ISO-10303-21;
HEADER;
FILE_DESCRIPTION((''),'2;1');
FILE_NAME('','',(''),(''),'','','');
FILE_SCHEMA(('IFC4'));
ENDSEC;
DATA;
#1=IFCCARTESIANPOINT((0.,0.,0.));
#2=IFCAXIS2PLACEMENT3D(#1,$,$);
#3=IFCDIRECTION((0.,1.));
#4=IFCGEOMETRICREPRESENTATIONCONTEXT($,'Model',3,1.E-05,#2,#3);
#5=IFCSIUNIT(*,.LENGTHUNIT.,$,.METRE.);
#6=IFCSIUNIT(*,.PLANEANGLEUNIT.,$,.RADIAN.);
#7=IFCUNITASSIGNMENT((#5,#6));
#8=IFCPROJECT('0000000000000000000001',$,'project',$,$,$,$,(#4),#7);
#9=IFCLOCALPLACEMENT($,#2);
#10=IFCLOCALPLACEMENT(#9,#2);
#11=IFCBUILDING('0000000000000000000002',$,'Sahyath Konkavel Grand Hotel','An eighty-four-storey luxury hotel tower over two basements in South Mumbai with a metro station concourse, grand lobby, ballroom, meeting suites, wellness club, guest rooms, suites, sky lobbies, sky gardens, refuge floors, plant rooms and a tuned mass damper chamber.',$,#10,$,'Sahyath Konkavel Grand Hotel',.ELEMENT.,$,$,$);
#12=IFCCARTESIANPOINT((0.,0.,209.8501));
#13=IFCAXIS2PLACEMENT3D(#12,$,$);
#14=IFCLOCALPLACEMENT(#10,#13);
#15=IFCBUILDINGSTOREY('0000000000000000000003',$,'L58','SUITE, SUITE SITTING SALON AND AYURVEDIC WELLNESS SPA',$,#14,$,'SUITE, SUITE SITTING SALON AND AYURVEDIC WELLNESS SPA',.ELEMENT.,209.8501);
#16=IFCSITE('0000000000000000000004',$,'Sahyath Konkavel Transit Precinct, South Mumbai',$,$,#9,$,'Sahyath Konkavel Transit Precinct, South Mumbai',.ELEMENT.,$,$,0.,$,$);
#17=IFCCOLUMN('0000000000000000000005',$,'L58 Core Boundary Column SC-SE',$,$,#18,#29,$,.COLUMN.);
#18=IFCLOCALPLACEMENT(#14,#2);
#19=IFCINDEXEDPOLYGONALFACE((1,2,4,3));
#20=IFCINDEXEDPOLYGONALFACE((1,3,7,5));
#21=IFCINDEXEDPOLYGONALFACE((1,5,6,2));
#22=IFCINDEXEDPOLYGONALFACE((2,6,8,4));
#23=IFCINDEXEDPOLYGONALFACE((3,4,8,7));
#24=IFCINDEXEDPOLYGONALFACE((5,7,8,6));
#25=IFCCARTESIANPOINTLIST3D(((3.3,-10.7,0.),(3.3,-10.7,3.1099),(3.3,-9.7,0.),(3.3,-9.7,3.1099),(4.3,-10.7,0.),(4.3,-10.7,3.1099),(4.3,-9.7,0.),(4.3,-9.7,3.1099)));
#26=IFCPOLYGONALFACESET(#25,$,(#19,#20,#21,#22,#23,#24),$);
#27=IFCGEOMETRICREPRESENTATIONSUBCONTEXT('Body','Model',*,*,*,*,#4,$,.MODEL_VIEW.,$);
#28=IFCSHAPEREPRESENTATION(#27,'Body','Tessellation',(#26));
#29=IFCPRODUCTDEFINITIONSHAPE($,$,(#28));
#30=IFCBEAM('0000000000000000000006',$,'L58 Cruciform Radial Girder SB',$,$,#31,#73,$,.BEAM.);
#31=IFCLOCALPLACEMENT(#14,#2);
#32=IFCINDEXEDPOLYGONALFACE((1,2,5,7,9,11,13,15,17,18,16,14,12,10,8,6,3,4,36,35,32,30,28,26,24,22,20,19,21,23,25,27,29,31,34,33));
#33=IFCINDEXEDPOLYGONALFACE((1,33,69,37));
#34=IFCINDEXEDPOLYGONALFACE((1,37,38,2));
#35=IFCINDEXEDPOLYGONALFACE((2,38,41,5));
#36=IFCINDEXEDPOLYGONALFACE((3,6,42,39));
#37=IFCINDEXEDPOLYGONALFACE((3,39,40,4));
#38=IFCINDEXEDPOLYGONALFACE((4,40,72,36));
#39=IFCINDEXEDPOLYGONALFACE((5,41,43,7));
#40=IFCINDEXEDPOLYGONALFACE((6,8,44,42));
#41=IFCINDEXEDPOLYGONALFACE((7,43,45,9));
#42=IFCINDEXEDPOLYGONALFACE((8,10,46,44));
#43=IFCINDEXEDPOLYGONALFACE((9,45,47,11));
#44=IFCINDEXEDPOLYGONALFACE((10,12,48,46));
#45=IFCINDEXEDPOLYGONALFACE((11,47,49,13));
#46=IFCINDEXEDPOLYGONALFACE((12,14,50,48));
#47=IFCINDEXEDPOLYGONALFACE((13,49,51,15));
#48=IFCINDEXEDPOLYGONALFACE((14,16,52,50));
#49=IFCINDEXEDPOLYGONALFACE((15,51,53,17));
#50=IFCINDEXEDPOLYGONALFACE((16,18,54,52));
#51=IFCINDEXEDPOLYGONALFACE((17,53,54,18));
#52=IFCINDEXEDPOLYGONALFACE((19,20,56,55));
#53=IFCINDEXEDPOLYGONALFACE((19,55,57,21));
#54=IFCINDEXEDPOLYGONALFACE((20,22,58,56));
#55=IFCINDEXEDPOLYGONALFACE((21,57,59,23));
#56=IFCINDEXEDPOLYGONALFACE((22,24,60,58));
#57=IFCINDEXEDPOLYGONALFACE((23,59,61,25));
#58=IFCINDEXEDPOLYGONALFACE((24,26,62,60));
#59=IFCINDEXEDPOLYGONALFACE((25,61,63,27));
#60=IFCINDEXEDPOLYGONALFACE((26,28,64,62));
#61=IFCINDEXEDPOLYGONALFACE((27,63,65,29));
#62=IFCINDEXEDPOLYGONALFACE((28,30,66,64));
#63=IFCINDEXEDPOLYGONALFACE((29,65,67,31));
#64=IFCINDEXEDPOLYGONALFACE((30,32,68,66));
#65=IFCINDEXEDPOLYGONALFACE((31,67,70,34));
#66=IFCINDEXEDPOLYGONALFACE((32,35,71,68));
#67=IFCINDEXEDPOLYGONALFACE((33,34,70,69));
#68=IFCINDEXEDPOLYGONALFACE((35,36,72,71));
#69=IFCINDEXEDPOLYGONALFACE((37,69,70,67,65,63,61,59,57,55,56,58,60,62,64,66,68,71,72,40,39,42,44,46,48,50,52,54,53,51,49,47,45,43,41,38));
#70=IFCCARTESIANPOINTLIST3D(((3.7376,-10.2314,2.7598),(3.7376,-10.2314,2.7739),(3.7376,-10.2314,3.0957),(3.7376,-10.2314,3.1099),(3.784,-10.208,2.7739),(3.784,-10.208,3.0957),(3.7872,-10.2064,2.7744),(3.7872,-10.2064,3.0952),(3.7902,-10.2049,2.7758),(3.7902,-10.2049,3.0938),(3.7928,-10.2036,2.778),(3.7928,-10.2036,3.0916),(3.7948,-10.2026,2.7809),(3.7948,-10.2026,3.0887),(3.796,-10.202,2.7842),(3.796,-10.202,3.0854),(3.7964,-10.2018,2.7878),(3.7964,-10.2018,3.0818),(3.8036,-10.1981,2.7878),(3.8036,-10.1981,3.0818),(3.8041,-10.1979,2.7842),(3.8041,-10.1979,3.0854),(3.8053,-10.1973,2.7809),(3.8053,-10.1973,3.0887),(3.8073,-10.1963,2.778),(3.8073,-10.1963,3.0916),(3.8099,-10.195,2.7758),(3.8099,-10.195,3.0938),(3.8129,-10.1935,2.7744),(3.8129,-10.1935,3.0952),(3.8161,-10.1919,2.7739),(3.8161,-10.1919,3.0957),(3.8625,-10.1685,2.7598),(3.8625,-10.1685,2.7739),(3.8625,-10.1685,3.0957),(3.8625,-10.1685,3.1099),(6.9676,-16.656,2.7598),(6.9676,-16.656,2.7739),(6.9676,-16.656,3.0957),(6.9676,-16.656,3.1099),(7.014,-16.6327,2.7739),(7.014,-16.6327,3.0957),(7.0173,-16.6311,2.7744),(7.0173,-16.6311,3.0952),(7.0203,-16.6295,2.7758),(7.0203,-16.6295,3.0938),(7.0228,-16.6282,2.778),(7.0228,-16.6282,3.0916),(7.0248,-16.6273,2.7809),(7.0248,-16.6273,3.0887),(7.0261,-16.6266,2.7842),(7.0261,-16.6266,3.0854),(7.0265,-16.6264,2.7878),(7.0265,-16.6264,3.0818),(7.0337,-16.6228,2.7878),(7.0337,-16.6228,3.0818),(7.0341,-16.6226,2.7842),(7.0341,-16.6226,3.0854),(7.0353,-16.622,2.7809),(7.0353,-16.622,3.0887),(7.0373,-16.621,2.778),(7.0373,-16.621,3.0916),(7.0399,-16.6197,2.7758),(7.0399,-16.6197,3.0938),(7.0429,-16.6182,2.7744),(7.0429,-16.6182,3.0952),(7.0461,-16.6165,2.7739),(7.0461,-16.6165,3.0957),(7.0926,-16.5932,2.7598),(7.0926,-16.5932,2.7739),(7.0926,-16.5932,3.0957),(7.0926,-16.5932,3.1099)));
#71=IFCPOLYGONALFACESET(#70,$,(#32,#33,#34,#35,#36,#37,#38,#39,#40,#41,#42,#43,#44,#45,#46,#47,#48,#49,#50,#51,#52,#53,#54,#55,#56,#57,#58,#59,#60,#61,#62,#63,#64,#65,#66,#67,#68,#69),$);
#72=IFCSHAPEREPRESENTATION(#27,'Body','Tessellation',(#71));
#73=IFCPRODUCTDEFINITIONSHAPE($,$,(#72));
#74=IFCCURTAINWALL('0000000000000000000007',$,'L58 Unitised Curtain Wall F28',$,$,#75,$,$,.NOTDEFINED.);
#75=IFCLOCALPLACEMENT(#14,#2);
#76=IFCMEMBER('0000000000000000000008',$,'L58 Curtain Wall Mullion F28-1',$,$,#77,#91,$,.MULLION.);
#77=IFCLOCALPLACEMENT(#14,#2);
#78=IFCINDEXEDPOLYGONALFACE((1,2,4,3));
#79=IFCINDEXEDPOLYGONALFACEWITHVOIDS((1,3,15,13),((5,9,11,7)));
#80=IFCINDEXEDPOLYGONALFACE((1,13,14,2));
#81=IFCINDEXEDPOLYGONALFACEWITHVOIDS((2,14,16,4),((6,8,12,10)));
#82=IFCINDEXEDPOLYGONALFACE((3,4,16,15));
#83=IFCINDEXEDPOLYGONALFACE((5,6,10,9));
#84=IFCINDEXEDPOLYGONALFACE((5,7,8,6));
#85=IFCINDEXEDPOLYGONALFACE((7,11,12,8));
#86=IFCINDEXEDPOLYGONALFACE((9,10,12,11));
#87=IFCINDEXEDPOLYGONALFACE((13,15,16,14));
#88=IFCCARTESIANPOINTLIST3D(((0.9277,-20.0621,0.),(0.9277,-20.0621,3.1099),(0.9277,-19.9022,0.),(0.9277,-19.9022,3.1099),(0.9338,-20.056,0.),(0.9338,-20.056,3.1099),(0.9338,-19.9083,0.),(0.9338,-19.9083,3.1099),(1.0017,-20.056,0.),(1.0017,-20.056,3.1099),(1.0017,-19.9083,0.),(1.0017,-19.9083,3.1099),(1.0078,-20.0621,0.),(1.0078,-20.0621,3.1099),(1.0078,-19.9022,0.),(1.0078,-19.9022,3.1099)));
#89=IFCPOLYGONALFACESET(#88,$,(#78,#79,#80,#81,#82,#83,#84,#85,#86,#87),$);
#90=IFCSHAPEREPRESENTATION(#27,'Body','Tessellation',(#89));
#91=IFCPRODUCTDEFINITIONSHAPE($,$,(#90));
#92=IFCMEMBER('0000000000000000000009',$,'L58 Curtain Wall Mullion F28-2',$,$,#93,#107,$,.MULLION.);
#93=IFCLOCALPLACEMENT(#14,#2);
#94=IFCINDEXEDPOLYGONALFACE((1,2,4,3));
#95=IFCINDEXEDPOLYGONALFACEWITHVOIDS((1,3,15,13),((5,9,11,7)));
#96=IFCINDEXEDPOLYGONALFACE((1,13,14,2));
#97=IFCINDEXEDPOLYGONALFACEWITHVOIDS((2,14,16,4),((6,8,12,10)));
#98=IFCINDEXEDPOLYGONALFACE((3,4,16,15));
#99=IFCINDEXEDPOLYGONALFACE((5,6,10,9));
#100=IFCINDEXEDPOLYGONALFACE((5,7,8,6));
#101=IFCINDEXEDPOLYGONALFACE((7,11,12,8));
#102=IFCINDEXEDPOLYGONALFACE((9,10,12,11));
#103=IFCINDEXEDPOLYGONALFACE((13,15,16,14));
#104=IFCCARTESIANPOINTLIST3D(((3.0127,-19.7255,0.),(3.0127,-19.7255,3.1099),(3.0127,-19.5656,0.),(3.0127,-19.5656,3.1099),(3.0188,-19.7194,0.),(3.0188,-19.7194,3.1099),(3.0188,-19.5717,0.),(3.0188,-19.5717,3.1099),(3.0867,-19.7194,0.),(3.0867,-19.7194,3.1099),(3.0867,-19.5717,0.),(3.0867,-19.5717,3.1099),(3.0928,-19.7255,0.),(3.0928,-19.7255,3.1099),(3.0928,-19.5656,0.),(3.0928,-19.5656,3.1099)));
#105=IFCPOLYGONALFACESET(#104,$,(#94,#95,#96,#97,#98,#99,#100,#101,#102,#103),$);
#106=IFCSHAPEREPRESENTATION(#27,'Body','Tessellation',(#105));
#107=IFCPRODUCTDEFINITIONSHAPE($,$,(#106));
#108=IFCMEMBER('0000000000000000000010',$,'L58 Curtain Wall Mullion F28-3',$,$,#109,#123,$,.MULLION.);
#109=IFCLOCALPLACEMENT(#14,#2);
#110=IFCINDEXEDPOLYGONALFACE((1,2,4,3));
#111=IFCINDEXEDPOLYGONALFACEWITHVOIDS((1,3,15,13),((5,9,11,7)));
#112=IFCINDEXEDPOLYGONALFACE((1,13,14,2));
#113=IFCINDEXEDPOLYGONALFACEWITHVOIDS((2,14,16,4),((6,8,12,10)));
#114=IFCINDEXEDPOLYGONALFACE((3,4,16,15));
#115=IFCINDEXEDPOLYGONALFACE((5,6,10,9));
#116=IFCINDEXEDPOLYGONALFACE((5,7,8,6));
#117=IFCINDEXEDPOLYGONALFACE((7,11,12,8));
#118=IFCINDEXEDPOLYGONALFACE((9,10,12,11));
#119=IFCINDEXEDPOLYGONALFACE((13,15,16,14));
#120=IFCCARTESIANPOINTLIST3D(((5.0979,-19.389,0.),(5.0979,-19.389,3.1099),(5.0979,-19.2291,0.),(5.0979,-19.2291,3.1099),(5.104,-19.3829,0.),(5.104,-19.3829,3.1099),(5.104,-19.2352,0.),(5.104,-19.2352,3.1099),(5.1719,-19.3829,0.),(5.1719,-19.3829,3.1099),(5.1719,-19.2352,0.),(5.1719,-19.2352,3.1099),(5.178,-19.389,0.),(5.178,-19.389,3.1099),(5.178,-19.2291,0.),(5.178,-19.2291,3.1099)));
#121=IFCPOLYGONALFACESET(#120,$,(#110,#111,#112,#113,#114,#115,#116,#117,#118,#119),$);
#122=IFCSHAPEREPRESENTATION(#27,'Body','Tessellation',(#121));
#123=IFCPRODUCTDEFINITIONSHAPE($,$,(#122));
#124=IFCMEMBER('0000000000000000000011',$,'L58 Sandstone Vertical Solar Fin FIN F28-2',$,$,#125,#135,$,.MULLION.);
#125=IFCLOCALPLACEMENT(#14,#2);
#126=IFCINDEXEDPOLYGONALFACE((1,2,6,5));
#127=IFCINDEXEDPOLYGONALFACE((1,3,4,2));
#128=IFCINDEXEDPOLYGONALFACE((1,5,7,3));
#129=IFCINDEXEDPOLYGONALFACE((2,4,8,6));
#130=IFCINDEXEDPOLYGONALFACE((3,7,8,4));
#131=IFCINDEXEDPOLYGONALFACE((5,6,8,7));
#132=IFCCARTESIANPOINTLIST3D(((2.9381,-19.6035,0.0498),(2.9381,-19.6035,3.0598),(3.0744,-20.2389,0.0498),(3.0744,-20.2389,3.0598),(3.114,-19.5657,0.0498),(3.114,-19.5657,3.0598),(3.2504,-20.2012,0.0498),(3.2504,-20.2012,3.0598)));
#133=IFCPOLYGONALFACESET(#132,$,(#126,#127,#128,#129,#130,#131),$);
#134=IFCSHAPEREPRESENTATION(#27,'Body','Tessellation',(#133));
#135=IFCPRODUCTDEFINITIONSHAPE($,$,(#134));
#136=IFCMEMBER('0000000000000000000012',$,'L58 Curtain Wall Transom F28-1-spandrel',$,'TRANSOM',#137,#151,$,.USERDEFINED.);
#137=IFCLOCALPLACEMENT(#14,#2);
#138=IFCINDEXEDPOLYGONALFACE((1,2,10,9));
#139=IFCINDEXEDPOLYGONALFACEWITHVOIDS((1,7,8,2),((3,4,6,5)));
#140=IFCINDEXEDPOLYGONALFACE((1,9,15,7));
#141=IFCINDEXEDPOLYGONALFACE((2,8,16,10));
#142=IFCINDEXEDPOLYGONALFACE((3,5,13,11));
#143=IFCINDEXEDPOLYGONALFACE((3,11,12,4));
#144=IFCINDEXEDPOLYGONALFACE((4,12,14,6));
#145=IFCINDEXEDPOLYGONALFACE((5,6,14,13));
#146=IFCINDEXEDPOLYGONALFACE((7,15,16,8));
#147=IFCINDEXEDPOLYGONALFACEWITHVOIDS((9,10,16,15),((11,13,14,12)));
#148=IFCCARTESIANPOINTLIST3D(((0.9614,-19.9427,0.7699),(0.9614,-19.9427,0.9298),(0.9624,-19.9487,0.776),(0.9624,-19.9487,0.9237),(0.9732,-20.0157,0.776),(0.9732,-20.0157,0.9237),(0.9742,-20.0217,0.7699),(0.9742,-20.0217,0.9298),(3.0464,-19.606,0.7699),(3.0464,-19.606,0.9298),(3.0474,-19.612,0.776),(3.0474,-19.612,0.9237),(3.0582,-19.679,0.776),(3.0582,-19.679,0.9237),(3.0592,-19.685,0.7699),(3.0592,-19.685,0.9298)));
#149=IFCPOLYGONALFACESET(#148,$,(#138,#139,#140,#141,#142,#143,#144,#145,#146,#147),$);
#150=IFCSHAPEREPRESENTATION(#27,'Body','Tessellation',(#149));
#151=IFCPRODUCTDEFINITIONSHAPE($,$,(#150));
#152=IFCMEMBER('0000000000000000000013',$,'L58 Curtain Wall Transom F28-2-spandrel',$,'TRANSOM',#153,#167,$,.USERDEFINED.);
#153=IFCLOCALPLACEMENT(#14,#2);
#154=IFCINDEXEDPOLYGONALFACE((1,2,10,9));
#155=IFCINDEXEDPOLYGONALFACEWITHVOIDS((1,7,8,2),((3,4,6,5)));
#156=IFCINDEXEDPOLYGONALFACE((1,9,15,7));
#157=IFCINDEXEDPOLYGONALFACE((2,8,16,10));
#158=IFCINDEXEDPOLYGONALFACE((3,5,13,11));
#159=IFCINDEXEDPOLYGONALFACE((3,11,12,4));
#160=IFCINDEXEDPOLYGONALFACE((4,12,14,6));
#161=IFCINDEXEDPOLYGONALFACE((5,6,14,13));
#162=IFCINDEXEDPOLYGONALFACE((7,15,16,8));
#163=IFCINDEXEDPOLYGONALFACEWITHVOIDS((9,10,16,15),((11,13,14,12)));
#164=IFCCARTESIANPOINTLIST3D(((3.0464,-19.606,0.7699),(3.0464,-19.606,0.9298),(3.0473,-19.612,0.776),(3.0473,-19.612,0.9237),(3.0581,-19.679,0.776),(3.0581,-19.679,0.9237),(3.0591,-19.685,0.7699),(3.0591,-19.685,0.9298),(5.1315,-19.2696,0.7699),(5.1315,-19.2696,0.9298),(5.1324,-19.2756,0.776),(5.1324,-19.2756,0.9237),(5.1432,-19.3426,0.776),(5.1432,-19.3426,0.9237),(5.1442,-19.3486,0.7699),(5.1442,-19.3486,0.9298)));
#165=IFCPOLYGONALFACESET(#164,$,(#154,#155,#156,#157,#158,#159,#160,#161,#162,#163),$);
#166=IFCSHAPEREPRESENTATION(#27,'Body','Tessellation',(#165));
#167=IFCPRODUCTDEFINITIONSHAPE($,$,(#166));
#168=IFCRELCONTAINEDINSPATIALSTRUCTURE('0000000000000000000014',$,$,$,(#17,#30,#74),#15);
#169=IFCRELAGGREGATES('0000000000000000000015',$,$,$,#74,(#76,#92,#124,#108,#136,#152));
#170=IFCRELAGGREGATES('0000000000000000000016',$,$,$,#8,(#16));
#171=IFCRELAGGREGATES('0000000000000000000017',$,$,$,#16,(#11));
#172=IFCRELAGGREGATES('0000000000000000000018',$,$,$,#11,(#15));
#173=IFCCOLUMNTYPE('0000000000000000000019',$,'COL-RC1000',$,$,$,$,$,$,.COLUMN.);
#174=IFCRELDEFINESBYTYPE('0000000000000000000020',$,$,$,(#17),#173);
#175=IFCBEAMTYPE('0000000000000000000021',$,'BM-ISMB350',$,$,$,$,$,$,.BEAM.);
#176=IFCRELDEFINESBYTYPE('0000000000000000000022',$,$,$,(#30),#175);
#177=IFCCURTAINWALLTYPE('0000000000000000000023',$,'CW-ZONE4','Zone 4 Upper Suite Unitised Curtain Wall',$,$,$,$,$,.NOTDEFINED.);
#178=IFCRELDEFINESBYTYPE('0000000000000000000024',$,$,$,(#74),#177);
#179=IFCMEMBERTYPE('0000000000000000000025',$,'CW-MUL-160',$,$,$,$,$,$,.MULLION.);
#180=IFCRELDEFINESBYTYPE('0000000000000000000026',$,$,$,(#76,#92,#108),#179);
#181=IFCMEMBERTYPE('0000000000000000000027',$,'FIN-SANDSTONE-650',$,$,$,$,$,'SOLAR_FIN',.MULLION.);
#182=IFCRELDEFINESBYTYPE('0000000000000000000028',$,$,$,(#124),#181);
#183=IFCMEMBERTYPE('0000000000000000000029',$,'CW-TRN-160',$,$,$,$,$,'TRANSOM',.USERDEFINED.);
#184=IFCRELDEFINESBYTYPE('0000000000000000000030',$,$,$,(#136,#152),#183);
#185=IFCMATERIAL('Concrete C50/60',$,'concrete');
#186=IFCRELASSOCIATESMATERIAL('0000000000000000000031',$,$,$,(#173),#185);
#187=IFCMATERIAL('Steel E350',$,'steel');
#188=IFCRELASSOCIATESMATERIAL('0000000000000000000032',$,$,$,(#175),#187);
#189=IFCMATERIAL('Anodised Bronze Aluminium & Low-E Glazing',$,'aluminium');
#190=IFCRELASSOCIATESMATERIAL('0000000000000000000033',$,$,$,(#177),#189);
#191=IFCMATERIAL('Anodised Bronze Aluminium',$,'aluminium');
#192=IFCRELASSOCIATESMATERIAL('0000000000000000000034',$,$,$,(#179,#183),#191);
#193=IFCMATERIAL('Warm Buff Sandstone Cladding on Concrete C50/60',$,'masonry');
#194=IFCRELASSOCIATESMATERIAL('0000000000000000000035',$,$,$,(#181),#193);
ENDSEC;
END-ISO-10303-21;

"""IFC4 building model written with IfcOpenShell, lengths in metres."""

from ifc_helpers import new_model, si_unit, direction, frame, origin, origin_2d, place, context, subcontext, project, spatial, rectangle, hollow_rectangle, i_section, extrude, source, transform, mapped, material, material_profile, profile_set, type_object, element, aggregate, save


model = new_model("IFC4")

# Units and contexts
model_context = context("Model", 3, precision=1e-05, world=origin(), true_north=direction((0.0, 1.0)))
body_context = subcontext(model_context, "Body", "Model", "MODEL_VIEW")
ifc_project = project(units=[si_unit("LENGTHUNIT", "METRE"), si_unit("PLANEANGLEUNIT", "RADIAN")], contexts=[model_context])

# Site, building, storey
site_placement = place(None, origin())
site = spatial("IfcSite", under=ifc_project, at=site_placement, Name="Sahyath Konkavel Transit Precinct, South Mumbai", LongName="Sahyath Konkavel Transit Precinct, South Mumbai", CompositionType="ELEMENT", RefElevation=0.0)
building_placement = place(site_placement, origin())
building = spatial("IfcBuilding", under=site, at=building_placement, Name="Sahyath Konkavel Grand Hotel", Description="An eighty-four-storey luxury hotel tower over two basements in South Mumbai with a metro station concourse, grand lobby, ballroom, meeting suites, wellness club, guest rooms, suites, sky lobbies, sky gardens, refuge floors, plant rooms and a tuned mass damper chamber.", LongName="Sahyath Konkavel Grand Hotel", CompositionType="ELEMENT")
storey_placement = place(building_placement, frame((0.0, 0.0, 209.8501)))
storey = spatial("IfcBuildingStorey", under=building, at=storey_placement, Name="L58", Description="SUITE, SUITE SITTING SALON AND AYURVEDIC WELLNESS SPA", LongName="SUITE, SUITE SITTING SALON AND AYURVEDIC WELLNESS SPA", CompositionType="ELEMENT", Elevation=209.8501)

# Column
ifc_material_1 = material(Name="Concrete C50/60", Category="concrete")
ifc_material_profile_1 = material_profile(ifc_material_1, rectangle(XDim=1.0, YDim=1.0, at=origin_2d()), Name="RC 1000x1000")
ifc_profile_set_1 = profile_set([ifc_material_profile_1], Name="Concrete C50/60")
column_type = type_object("IfcColumnType", Name="COL-RC1000", PredefinedType="COLUMN", material=ifc_profile_set_1)
shared_shape_1 = source(origin(), body_context, "Body", "SweptSolid", [
    extrude(rectangle(XDim=1.0, YDim=1.0, at=origin_2d()), origin(), (0.0, 0.0, 1.0), 3.1099),
])
column_placement = place(storey_placement, frame((3.8, -10.2, 0.0), z_axis=(0.0, 0.0, 1.0), x_axis=(1.0, 0.0, 0.0)))
element("IfcColumn", 1, at=column_placement, inside=storey, type_object=column_type, Name="L58 Core Boundary Column SC-SE", PredefinedType="COLUMN", context=body_context, shape_type="MappedRepresentation", body=[
    mapped(shared_shape_1, transform((0.0, 0.0, 0.0), scale=1.0)),
])

# Beam
ifc_material_2 = material(Name="Steel E350", Category="steel")
ifc_material_profile_2 = material_profile(ifc_material_2, i_section(OverallWidth=0.1399, OverallDepth=0.3501, WebThickness=0.0081, FlangeThickness=0.0142, FilletRadius=0.0139, at=origin_2d()), Name="ISMB 350")
ifc_profile_set_2 = profile_set([ifc_material_profile_2], Name="Steel E350")
beam_type_1 = type_object("IfcBeamType", Name="BM-ISMB350", PredefinedType="BEAM", material=ifc_profile_set_2)
shared_shape_2 = source(origin(), body_context, "Body", "SweptSolid", [
    extrude(i_section(OverallWidth=0.1399, OverallDepth=0.3501, WebThickness=0.0081, FlangeThickness=0.0142, FilletRadius=0.0139, at=origin_2d()), origin(), (0.0, 0.0, 1.0), 7.1909),
])
beam_1_placement = place(storey_placement, frame((3.8, -10.2, 2.9348), z_axis=(0.449182, -0.89344, 0.0), x_axis=(0.89344, 0.449182, 0.0)))
element("IfcBeam", 2, at=beam_1_placement, inside=storey, type_object=beam_type_1, Name="L58 Cruciform Radial Girder SB", PredefinedType="BEAM", context=body_context, shape_type="MappedRepresentation", body=[
    mapped(shared_shape_2, transform((0.0, 0.0, 0.0), scale=1.0)),
])

# Curtain wall, members
ifc_material_3 = material(Name="Anodised Bronze Aluminium & Low-E Glazing", Category="aluminium")
curtain_wall_type = type_object("IfcCurtainWallType", Name="CW-ZONE4", Description="Zone 4 Upper Suite Unitised Curtain Wall", PredefinedType="NOTDEFINED", material=ifc_material_3)
curtain_wall_placement = place(storey_placement, origin())
curtain_wall = element("IfcCurtainWall", 3, at=curtain_wall_placement, inside=storey, type_object=curtain_wall_type, Name="L58 Unitised Curtain Wall F28", PredefinedType="NOTDEFINED")
ifc_material_4 = material(Name="Anodised Bronze Aluminium", Category="aluminium")
ifc_material_profile_3 = material_profile(ifc_material_4, hollow_rectangle(XDim=0.0801, YDim=0.1599, WallThickness=0.0061, at=origin_2d()), Name="RHS 160x80x6")
ifc_profile_set_3 = profile_set([ifc_material_profile_3], Name="Anodised Bronze Aluminium")
member_type_1 = type_object("IfcMemberType", Name="CW-MUL-160", PredefinedType="MULLION", material=ifc_profile_set_3)
shared_shape_3 = source(origin(), body_context, "Body", "SweptSolid", [
    extrude(hollow_rectangle(XDim=0.0801, YDim=0.1599, WallThickness=0.0061, at=origin_2d()), origin(), (0.0, 0.0, 1.0), 3.1099),
])
member_1_placement = place(storey_placement, frame((0.9678, -19.9822, 0.0), z_axis=(0.0, 0.0, 1.0), x_axis=(1.0, 0.0, 0.0)))
member_1 = element("IfcMember", 4, at=member_1_placement, type_object=member_type_1, Name="L58 Curtain Wall Mullion F28-1", PredefinedType="MULLION", context=body_context, shape_type="MappedRepresentation", body=[
    mapped(shared_shape_3, transform((0.0, 0.0, 0.0), scale=1.0)),
])
member_2_placement = place(storey_placement, frame((3.0527, -19.6455, 0.0), z_axis=(0.0, 0.0, 1.0), x_axis=(1.0, 0.0, 0.0)))
member_2 = element("IfcMember", 5, at=member_2_placement, type_object=member_type_1, Name="L58 Curtain Wall Mullion F28-2", PredefinedType="MULLION", context=body_context, shape_type="MappedRepresentation", body=[
    mapped(shared_shape_3, transform((0.0, 0.0, 0.0), scale=1.0)),
])
member_3_placement = place(storey_placement, frame((5.1379, -19.3091, 0.0), z_axis=(0.0, 0.0, 1.0), x_axis=(1.0, 0.0, 0.0)))
member_3 = element("IfcMember", 6, at=member_3_placement, type_object=member_type_1, Name="L58 Curtain Wall Mullion F28-3", PredefinedType="MULLION", context=body_context, shape_type="MappedRepresentation", body=[
    mapped(shared_shape_3, transform((0.0, 0.0, 0.0), scale=1.0)),
])
ifc_material_5 = material(Name="Warm Buff Sandstone Cladding on Concrete C50/60", Category="masonry")
ifc_material_profile_4 = material_profile(ifc_material_5, rectangle(XDim=0.1799, YDim=0.6499, at=origin_2d()), Name="FIN 180x650")
ifc_profile_set_4 = profile_set([ifc_material_profile_4], Name="Warm Buff Sandstone Cladding on Concrete C50/60")
member_type_2 = type_object("IfcMemberType", Name="FIN-SANDSTONE-650", ElementType="SOLAR_FIN", PredefinedType="MULLION", material=ifc_profile_set_4)
shared_shape_4 = source(origin(), body_context, "Body", "SweptSolid", [
    extrude(rectangle(XDim=0.1799, YDim=0.6499, at=origin_2d()), origin(), (0.0, 0.0, 1.0), 3.01),
])
member_4_placement = place(storey_placement, frame((3.0942, -19.9023, 0.0498), z_axis=(0.0, 0.0, 1.0), x_axis=(0.977747, 0.209789, 0.0)))
member_4 = element("IfcMember", 7, at=member_4_placement, type_object=member_type_2, Name="L58 Sandstone Vertical Solar Fin FIN F28-2", PredefinedType="MULLION", context=body_context, shape_type="MappedRepresentation", body=[
    mapped(shared_shape_4, transform((0.0, 0.0, 0.0), scale=1.0)),
])
ifc_material_profile_5 = material_profile(ifc_material_4, hollow_rectangle(XDim=0.0801, YDim=0.1599, WallThickness=0.0061, at=origin_2d()), Name="RHS 160x80x6")
ifc_profile_set_5 = profile_set([ifc_material_profile_5], Name="Anodised Bronze Aluminium")
member_type_3 = type_object("IfcMemberType", Name="CW-TRN-160", ElementType="TRANSOM", PredefinedType="USERDEFINED", material=ifc_profile_set_5)
shared_shape_5 = source(origin(), body_context, "Body", "SweptSolid", [
    extrude(hollow_rectangle(XDim=0.0801, YDim=0.1599, WallThickness=0.0061, at=origin_2d()), origin(), (0.0, 0.0, 1.0), 2.1121),
])
member_5_placement = place(storey_placement, frame((0.9678, -19.9822, 0.8499), z_axis=(0.987212, 0.159411, 0.0), x_axis=(-0.159411, 0.987212, 0.0)))
member_5 = element("IfcMember", 8, at=member_5_placement, type_object=member_type_3, Name="L58 Curtain Wall Transom F28-1-spandrel", ObjectType="TRANSOM", PredefinedType="USERDEFINED", context=body_context, shape_type="MappedRepresentation", body=[
    mapped(shared_shape_5, transform((0.0, 0.0, 0.0), scale=1.0)),
])
member_6_placement = place(storey_placement, frame((3.0527, -19.6455, 0.8499), z_axis=(0.987233, 0.15928, 0.0), x_axis=(-0.15928, 0.987233, 0.0)))
member_6 = element("IfcMember", 9, at=member_6_placement, type_object=member_type_3, Name="L58 Curtain Wall Transom F28-2-spandrel", ObjectType="TRANSOM", PredefinedType="USERDEFINED", context=body_context, shape_type="MappedRepresentation", body=[
    mapped(shared_shape_5, transform((0.0, 0.0, 0.0), scale=1.0)),
])

aggregate(curtain_wall, [member_1, member_2, member_4, member_3, member_5, member_6])

save(model, "model.ifc")
